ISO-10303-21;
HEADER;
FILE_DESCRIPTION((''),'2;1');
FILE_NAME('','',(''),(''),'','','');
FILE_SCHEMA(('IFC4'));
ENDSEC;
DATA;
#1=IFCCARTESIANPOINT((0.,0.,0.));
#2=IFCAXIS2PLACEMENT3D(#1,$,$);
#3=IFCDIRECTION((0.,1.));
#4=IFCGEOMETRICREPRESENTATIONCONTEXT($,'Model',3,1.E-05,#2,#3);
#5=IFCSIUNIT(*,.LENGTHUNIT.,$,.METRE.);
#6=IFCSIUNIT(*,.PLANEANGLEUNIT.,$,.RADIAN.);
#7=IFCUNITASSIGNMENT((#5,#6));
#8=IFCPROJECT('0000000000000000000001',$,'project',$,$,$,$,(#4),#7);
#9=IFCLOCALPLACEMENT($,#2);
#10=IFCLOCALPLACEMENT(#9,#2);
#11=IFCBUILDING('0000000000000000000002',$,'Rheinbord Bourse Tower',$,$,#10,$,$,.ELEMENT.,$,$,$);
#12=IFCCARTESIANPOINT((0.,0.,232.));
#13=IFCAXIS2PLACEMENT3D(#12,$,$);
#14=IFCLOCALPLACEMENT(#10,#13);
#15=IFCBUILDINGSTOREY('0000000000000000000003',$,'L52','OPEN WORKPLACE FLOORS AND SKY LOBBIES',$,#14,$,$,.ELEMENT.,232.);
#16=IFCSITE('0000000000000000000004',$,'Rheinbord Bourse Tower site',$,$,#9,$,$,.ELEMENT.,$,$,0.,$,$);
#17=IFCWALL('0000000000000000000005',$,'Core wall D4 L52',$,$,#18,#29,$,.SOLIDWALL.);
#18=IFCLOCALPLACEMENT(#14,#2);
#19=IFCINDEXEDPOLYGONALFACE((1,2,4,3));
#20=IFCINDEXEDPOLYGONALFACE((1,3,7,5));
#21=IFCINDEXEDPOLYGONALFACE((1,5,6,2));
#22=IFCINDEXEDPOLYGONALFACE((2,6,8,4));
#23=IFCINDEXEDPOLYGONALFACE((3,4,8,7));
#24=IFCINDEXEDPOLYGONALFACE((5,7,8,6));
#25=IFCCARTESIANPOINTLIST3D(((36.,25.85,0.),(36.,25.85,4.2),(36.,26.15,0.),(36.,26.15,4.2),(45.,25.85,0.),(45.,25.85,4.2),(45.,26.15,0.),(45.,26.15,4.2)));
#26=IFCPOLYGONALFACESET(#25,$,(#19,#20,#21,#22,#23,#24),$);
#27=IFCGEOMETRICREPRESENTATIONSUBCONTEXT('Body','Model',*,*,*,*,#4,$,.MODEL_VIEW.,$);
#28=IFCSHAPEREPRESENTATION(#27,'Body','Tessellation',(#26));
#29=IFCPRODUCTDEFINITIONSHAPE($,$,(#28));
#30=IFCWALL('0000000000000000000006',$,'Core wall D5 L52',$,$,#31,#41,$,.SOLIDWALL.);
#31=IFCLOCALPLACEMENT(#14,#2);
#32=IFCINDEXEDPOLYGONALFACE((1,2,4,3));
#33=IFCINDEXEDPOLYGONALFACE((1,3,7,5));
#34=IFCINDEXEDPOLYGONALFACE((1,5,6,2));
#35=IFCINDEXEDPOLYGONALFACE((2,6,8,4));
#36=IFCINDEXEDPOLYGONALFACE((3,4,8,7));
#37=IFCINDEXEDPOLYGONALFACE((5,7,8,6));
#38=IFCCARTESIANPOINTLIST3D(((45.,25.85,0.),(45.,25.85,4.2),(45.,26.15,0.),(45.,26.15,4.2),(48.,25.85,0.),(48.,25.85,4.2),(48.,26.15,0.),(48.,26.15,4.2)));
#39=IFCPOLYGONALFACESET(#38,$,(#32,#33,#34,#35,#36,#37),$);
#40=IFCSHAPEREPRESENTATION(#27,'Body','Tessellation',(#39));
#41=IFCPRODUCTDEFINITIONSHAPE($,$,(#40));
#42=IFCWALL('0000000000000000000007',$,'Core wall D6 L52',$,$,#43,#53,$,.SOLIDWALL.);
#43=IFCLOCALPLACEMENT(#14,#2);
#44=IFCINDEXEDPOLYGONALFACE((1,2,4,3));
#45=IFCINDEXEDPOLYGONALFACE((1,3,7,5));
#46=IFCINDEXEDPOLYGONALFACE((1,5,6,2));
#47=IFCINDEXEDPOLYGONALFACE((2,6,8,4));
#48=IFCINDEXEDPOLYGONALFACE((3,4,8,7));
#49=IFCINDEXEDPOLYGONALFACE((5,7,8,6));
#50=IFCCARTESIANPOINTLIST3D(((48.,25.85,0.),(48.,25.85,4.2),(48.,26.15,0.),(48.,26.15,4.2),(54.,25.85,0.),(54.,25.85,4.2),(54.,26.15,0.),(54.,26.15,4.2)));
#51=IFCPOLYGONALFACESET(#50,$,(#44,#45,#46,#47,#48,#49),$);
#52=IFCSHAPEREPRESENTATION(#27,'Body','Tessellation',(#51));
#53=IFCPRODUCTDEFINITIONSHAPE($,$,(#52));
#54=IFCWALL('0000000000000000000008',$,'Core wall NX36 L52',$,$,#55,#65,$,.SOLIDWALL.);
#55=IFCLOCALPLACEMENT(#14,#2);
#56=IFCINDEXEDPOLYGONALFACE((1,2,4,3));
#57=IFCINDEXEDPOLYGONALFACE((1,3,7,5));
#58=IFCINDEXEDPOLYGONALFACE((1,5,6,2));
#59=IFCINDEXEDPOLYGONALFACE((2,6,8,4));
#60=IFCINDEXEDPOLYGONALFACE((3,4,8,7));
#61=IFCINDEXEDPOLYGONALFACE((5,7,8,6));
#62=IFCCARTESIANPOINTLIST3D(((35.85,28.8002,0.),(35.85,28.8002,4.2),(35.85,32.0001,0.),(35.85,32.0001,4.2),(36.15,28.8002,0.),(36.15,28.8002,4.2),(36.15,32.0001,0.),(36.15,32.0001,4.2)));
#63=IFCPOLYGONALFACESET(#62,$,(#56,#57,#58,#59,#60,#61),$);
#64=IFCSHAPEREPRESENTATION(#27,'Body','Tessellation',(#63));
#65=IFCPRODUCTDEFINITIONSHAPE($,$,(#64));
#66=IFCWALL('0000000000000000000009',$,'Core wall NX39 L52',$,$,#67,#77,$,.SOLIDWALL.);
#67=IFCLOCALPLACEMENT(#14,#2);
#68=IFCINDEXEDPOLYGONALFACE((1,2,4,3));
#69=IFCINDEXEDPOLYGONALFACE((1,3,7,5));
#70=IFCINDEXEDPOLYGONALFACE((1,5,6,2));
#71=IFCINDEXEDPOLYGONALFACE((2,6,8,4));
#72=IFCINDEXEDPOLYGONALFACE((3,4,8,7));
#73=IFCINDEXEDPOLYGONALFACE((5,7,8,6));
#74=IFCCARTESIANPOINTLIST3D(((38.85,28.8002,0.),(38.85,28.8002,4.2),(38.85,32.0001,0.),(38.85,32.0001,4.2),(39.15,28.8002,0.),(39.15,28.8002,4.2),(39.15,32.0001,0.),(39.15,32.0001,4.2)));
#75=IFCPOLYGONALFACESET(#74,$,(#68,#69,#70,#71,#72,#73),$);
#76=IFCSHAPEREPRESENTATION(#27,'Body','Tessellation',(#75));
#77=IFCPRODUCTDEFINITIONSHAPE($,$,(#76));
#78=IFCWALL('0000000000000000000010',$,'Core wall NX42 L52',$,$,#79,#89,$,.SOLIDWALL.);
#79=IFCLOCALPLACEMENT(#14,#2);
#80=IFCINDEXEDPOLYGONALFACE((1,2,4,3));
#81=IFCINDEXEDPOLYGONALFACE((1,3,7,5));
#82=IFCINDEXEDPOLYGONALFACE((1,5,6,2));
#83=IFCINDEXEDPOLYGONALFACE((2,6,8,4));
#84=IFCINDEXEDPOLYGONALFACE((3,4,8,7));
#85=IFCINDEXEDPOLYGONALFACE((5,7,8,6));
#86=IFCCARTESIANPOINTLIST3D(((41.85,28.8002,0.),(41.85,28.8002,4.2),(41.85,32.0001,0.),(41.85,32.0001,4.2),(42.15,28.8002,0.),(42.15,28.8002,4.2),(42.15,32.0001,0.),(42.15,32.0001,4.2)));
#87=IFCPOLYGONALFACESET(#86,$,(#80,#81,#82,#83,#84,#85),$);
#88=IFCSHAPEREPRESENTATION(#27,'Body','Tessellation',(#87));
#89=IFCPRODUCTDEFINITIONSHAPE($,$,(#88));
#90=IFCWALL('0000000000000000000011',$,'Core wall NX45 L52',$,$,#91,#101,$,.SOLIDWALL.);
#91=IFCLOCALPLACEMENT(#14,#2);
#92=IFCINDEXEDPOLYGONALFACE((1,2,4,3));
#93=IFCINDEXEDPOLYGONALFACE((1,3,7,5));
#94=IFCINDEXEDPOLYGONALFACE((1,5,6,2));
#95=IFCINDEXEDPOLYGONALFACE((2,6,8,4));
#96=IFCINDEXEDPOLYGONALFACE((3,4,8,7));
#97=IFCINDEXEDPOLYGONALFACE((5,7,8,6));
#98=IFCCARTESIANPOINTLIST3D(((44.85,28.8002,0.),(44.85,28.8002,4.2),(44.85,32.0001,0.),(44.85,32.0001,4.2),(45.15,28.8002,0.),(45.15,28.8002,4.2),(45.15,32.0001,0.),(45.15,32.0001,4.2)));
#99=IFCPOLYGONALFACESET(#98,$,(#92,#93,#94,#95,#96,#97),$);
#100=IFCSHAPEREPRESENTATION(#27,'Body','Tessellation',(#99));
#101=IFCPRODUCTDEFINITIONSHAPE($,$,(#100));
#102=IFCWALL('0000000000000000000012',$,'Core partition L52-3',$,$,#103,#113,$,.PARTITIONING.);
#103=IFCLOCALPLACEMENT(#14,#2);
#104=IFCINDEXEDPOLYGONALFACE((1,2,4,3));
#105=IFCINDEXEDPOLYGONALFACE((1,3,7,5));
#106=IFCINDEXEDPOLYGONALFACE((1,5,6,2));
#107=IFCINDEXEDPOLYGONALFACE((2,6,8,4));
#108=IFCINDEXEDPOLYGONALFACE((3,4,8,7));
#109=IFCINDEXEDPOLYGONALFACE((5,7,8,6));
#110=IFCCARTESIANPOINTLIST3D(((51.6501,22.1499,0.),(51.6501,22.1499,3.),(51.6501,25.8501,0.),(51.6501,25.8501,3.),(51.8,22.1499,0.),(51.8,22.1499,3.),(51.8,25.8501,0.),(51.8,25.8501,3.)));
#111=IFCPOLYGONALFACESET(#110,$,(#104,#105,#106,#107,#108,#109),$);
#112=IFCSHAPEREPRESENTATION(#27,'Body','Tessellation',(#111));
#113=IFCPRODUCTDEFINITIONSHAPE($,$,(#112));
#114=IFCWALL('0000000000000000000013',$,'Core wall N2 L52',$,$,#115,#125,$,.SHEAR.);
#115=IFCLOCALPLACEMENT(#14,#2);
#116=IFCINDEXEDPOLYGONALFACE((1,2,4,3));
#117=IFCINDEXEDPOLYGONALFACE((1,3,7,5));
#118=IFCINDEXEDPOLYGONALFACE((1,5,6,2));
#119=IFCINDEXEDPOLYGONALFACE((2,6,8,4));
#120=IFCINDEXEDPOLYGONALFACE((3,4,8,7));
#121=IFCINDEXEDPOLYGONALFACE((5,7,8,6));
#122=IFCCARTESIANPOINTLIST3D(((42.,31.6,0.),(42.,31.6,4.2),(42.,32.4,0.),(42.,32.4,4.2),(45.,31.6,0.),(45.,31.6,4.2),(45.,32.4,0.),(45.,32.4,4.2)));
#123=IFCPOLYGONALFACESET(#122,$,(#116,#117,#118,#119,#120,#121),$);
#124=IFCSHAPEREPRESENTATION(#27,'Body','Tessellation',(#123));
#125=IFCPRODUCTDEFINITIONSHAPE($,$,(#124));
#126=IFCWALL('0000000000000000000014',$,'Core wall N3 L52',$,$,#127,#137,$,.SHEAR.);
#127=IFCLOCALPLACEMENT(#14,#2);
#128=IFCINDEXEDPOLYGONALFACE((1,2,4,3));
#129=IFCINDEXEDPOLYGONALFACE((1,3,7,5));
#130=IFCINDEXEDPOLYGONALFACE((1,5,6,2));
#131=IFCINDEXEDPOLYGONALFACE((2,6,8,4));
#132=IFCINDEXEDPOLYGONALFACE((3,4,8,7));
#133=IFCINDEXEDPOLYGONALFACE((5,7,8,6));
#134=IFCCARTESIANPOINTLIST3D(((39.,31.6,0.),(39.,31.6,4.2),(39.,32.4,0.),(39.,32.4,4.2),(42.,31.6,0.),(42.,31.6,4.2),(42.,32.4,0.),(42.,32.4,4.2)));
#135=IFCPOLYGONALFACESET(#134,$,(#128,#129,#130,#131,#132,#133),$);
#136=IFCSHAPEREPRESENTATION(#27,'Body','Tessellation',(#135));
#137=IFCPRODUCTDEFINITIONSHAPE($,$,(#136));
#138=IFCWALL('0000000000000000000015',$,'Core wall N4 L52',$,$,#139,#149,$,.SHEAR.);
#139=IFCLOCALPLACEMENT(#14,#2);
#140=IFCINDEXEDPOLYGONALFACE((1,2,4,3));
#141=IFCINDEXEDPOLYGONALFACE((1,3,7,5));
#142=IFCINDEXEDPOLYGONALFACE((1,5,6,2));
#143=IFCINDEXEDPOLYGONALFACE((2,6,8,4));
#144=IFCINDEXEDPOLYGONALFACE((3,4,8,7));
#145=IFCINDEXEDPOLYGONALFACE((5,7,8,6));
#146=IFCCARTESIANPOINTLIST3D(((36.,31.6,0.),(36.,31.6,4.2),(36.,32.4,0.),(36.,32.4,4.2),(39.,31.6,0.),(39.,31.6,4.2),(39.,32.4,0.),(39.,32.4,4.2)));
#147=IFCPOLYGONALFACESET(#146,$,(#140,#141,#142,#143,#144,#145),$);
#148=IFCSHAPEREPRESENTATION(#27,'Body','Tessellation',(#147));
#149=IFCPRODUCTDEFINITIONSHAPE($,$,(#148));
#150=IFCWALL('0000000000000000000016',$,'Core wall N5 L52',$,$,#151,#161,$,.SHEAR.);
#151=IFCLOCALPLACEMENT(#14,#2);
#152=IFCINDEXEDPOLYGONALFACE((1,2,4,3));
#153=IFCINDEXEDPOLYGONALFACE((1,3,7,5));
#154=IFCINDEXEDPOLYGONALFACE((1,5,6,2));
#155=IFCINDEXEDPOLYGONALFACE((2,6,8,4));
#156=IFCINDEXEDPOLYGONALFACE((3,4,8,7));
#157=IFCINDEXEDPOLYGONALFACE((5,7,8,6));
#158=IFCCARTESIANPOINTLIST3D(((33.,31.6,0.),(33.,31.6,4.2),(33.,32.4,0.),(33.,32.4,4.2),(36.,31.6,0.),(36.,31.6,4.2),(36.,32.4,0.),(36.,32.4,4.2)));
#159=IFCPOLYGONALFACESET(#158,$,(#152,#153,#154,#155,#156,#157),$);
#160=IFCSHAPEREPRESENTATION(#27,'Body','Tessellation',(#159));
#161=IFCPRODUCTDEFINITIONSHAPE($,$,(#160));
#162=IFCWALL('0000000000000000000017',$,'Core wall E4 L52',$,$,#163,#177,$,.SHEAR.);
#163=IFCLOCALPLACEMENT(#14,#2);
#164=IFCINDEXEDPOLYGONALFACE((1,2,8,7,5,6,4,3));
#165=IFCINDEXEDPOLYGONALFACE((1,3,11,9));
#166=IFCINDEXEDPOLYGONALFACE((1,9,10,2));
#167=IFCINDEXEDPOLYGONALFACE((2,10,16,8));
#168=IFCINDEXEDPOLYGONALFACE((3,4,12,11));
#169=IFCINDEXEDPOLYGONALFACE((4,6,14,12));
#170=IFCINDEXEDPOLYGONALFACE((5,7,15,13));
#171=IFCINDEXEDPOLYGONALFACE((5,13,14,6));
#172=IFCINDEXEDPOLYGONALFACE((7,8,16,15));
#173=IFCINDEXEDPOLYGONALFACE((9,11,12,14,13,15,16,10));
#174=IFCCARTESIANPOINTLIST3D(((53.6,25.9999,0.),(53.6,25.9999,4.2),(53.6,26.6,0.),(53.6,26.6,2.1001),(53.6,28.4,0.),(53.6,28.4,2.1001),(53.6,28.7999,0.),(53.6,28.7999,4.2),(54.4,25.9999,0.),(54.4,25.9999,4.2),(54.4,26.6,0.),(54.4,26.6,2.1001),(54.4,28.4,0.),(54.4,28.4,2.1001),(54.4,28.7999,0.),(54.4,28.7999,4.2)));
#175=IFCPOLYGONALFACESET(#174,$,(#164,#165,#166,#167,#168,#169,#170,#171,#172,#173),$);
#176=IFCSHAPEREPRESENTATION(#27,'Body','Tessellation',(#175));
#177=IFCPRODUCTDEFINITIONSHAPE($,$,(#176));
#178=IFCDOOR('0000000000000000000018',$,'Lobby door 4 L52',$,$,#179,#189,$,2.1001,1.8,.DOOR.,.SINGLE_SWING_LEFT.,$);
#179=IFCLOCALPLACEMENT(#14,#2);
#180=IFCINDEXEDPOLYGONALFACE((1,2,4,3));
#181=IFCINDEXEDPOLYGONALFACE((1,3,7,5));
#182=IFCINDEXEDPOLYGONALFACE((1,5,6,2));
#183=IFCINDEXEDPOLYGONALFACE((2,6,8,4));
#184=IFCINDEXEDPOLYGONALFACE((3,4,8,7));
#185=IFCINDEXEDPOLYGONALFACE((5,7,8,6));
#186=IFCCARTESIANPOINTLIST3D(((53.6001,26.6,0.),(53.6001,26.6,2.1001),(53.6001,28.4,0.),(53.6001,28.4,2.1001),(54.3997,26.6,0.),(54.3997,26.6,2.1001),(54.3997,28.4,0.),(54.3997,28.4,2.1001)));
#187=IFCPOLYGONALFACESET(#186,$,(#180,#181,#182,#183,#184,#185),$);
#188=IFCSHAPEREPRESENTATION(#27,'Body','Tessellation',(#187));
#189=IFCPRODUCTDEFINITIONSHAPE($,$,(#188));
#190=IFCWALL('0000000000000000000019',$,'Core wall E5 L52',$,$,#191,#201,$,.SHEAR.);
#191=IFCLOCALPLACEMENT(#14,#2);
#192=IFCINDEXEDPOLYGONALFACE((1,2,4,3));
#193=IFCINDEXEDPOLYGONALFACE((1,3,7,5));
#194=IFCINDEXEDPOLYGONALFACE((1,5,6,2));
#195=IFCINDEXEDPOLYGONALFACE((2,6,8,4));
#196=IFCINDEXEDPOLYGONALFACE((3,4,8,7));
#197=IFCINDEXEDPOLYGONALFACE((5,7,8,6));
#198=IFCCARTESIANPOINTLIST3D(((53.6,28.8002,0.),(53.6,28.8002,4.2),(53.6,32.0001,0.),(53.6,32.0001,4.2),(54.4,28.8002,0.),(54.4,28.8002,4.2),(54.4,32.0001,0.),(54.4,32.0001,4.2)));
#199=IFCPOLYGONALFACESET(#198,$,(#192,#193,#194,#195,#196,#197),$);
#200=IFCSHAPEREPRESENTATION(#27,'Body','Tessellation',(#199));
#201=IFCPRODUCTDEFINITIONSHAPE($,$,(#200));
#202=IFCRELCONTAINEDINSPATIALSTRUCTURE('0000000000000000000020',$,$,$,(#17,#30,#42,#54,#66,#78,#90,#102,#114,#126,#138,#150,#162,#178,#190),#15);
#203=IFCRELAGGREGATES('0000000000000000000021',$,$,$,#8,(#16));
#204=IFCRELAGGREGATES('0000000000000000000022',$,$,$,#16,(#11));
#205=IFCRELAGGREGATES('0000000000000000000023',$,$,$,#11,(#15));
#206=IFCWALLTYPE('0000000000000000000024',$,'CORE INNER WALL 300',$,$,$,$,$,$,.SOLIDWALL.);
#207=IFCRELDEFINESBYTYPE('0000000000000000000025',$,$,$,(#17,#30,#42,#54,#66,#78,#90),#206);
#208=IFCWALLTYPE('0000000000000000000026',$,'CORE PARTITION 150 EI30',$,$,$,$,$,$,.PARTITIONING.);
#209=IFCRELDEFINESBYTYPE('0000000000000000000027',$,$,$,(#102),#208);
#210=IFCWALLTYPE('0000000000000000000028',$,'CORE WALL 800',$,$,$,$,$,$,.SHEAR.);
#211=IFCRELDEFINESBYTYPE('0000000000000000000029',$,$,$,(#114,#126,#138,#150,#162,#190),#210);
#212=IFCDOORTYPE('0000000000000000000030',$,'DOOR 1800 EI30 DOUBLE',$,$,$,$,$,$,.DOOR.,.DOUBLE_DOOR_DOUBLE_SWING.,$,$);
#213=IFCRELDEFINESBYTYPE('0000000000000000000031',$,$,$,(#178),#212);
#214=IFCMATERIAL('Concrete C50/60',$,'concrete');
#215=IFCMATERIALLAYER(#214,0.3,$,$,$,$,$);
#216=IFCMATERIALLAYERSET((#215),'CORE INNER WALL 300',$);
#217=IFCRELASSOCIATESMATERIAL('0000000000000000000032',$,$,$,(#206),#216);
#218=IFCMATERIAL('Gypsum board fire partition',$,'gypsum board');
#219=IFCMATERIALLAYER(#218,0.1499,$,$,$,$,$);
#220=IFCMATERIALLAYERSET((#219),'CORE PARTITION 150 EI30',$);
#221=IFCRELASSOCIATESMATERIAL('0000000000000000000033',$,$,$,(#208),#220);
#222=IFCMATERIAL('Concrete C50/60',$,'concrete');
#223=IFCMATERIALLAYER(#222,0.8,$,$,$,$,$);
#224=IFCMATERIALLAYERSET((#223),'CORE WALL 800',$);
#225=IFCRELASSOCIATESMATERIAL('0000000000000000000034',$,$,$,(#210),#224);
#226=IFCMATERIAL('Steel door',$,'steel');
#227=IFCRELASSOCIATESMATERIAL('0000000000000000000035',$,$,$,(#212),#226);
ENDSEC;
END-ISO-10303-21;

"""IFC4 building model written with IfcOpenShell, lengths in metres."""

from ifc_helpers import new_model, si_unit, direction, frame, frame_2d, origin, place, context, subcontext, project, spatial, rectangle, extrude, material, layer, layer_set, type_object, element, fill, save


model = new_model("IFC4")

# Units and contexts
model_context = context("Model", 3, precision=1e-05, world=origin(), true_north=direction((0.0, 1.0)))
body_context = subcontext(model_context, "Body", "Model", "MODEL_VIEW")
ifc_project = project(units=[si_unit("LENGTHUNIT", "METRE"), si_unit("PLANEANGLEUNIT", "RADIAN")], contexts=[model_context])

# Site, building, storey
site_placement = place(None, origin())
site = spatial("IfcSite", under=ifc_project, at=site_placement, Name="Rheinbord Bourse Tower site", CompositionType="ELEMENT", RefElevation=0.0)
building_placement = place(site_placement, origin())
building = spatial("IfcBuilding", under=site, at=building_placement, Name="Rheinbord Bourse Tower", CompositionType="ELEMENT")
storey_placement = place(building_placement, frame((0.0, 0.0, 232.0)))
storey = spatial("IfcBuildingStorey", under=building, at=storey_placement, Name="L52", Description="OPEN WORKPLACE FLOORS AND SKY LOBBIES", CompositionType="ELEMENT", Elevation=232.0)

# Shared definitions
ifc_material_1 = material(Name="Concrete C50/60", Category="concrete")
ifc_layer_1 = layer(ifc_material_1, 0.3)
ifc_layer_set_1 = layer_set([ifc_layer_1], Name="CORE INNER WALL 300")
wall_type_1 = type_object("IfcWallType", Name="CORE INNER WALL 300", PredefinedType="SOLIDWALL", material=ifc_layer_set_1)

# Walls
wall_1_placement = place(storey_placement, frame((36.0, 26.0, 0.0), z_axis=(0.0, 0.0, 1.0), x_axis=(1.0, 0.0, 0.0)))
element("IfcWall", 1, at=wall_1_placement, inside=storey, type_object=wall_type_1, Name="Core wall D4 L52", PredefinedType="SOLIDWALL", context=body_context, shape_type="SweptSolid", body=[
    extrude(rectangle(XDim=9.0, YDim=0.3, at=frame_2d((4.5, 0.0))), origin(), (0.0, 0.0, 1.0), 4.2),
])
wall_2_placement = place(storey_placement, frame((45.0, 26.0, 0.0), z_axis=(0.0, 0.0, 1.0), x_axis=(1.0, 0.0, 0.0)))
element("IfcWall", 2, at=wall_2_placement, inside=storey, type_object=wall_type_1, Name="Core wall D5 L52", PredefinedType="SOLIDWALL", context=body_context, shape_type="SweptSolid", body=[
    extrude(rectangle(XDim=3.0, YDim=0.3, at=frame_2d((1.5, 0.0))), origin(), (0.0, 0.0, 1.0), 4.2),
])
wall_3_placement = place(storey_placement, frame((48.0, 26.0, 0.0), z_axis=(0.0, 0.0, 1.0), x_axis=(1.0, 0.0, 0.0)))
element("IfcWall", 3, at=wall_3_placement, inside=storey, type_object=wall_type_1, Name="Core wall D6 L52", PredefinedType="SOLIDWALL", context=body_context, shape_type="SweptSolid", body=[
    extrude(rectangle(XDim=6.0, YDim=0.3, at=frame_2d((3.0, 0.0))), origin(), (0.0, 0.0, 1.0), 4.2),
])
for number, where, z_axis, x_axis, name in (
    (4, (36.0, 28.8, 0.0), (0.0, 0.0, 1.0), (0.0, 1.0, 0.0), "Core wall NX36 L52"),
    (5, (39.0, 28.8, 0.0), (0.0, 0.0, 1.0), (0.0, 1.0, 0.0), "Core wall NX39 L52"),
    (6, (42.0, 28.8, 0.0), (0.0, 0.0, 1.0), (0.0, 1.0, 0.0), "Core wall NX42 L52"),
    (7, (45.0, 28.8, 0.0), (0.0, 0.0, 1.0), (0.0, 1.0, 0.0), "Core wall NX45 L52"),
):
    element("IfcWall", number, at=place(storey_placement, frame(where, z_axis=z_axis, x_axis=x_axis)), inside=storey, type_object=wall_type_1, Name=name, PredefinedType="SOLIDWALL", context=body_context, shape_type="SweptSolid", body=[
        extrude(rectangle(XDim=3.2, YDim=0.3, at=frame_2d((1.6001, 0.0))), origin(), (0.0, 0.0, 1.0), 4.2),
    ])
ifc_material_2 = material(Name="Gypsum board fire partition", Category="gypsum board")
ifc_layer_2 = layer(ifc_material_2, 0.1499)
ifc_layer_set_2 = layer_set([ifc_layer_2], Name="CORE PARTITION 150 EI30")
wall_type_2 = type_object("IfcWallType", Name="CORE PARTITION 150 EI30", PredefinedType="PARTITIONING", material=ifc_layer_set_2)
wall_4_placement = place(storey_placement, frame((51.7251, 22.1499, 0.0), z_axis=(0.0, 0.0, 1.0), x_axis=(0.0, 1.0, 0.0)))
element("IfcWall", 8, at=wall_4_placement, inside=storey, type_object=wall_type_2, Name="Core partition L52-3", PredefinedType="PARTITIONING", context=body_context, shape_type="SweptSolid", body=[
    extrude(rectangle(XDim=3.7002, YDim=0.1499, at=frame_2d((1.8501, 0.0))), origin(), (0.0, 0.0, 1.0), 3.0),
])
ifc_material_3 = material(Name="Concrete C50/60", Category="concrete")
ifc_layer_3 = layer(ifc_material_3, 0.8)
ifc_layer_set_3 = layer_set([ifc_layer_3], Name="CORE WALL 800")
wall_type_3 = type_object("IfcWallType", Name="CORE WALL 800", PredefinedType="SHEAR", material=ifc_layer_set_3)
for number, where, z_axis, x_axis, name in (
    (9, (45.0, 32.0, 0.0), (0.0, 0.0, 1.0), (-1.0, 0.0, 0.0), "Core wall N2 L52"),
    (10, (42.0, 32.0, 0.0), (0.0, 0.0, 1.0), (-1.0, 0.0, 0.0), "Core wall N3 L52"),
    (11, (39.0, 32.0, 0.0), (0.0, 0.0, 1.0), (-1.0, 0.0, 0.0), "Core wall N4 L52"),
    (12, (36.0, 32.0, 0.0), (0.0, 0.0, 1.0), (-1.0, 0.0, 0.0), "Core wall N5 L52"),
):
    element("IfcWall", number, at=place(storey_placement, frame(where, z_axis=z_axis, x_axis=x_axis)), inside=storey, type_object=wall_type_3, Name=name, PredefinedType="SHEAR", context=body_context, shape_type="SweptSolid", body=[
        extrude(rectangle(XDim=3.0, YDim=0.8, at=frame_2d((1.5, 0.0))), origin(), (0.0, 0.0, 1.0), 4.2),
    ])

# Wall, opening, door
wall_5_placement = place(storey_placement, frame((54.0, 26.0, 0.0), z_axis=(0.0, 0.0, 1.0), x_axis=(0.0, 1.0, 0.0)))
wall_5 = element("IfcWall", 13, at=wall_5_placement, inside=storey, type_object=wall_type_3, Name="Core wall E4 L52", PredefinedType="SHEAR", context=body_context, shape_type="SweptSolid", body=[
    extrude(rectangle(XDim=2.8, YDim=0.8, at=frame_2d((1.3999, 0.0))), origin(), (0.0, 0.0, 1.0), 4.2),
])
opening_1_placement = place(wall_5_placement, frame((0.6001, 0.0, 0.0)))
opening_1 = element("IfcOpeningElement", 14, at=opening_1_placement, cuts=wall_5, PredefinedType="OPENING", context=body_context, shape_type="SweptSolid", body=[
    extrude(rectangle(XDim=1.8, YDim=2.1001, at=frame_2d((0.8999, 1.05))), frame((0.0, 0.4099, 0.0), z_axis=(0.0, -1.0, 0.0), x_axis=(1.0, 0.0, 0.0)), (0.0, 0.0, 1.0), 0.8201),
])
ifc_material_4 = material(Name="Steel door", Category="steel")
door_type_1 = type_object("IfcDoorType", Name="DOOR 1800 EI30 DOUBLE", OperationType="DOUBLE_DOOR_DOUBLE_SWING", PredefinedType="DOOR", material=ifc_material_4)
door_1_placement = place(opening_1_placement, origin())
door_1 = element("IfcDoor", 15, at=door_1_placement, inside=storey, type_object=door_type_1, Name="Lobby door 4 L52", OperationType="SINGLE_SWING_LEFT", OverallHeight=2.1001, OverallWidth=1.8, PredefinedType="DOOR", context=body_context, shape_type="SweptSolid", body=[
    extrude(rectangle(XDim=1.8, YDim=2.1001, at=frame_2d((0.8999, 1.05))), frame((0.0, 0.3999, 0.0), z_axis=(0.0, -1.0, 0.0), x_axis=(1.0, 0.0, 0.0)), (0.0, 0.0, 1.0), 0.7996),
])
fill(opening_1, door_1)

# Wall
wall_6_placement = place(storey_placement, frame((54.0, 28.8, 0.0), z_axis=(0.0, 0.0, 1.0), x_axis=(0.0, 1.0, 0.0)))
element("IfcWall", 16, at=wall_6_placement, inside=storey, type_object=wall_type_3, Name="Core wall E5 L52", PredefinedType="SHEAR", context=body_context, shape_type="SweptSolid", body=[
    extrude(rectangle(XDim=3.2, YDim=0.8, at=frame_2d((1.6001, 0.0))), origin(), (0.0, 0.0, 1.0), 4.2),
])

save(model, "model.ifc")
